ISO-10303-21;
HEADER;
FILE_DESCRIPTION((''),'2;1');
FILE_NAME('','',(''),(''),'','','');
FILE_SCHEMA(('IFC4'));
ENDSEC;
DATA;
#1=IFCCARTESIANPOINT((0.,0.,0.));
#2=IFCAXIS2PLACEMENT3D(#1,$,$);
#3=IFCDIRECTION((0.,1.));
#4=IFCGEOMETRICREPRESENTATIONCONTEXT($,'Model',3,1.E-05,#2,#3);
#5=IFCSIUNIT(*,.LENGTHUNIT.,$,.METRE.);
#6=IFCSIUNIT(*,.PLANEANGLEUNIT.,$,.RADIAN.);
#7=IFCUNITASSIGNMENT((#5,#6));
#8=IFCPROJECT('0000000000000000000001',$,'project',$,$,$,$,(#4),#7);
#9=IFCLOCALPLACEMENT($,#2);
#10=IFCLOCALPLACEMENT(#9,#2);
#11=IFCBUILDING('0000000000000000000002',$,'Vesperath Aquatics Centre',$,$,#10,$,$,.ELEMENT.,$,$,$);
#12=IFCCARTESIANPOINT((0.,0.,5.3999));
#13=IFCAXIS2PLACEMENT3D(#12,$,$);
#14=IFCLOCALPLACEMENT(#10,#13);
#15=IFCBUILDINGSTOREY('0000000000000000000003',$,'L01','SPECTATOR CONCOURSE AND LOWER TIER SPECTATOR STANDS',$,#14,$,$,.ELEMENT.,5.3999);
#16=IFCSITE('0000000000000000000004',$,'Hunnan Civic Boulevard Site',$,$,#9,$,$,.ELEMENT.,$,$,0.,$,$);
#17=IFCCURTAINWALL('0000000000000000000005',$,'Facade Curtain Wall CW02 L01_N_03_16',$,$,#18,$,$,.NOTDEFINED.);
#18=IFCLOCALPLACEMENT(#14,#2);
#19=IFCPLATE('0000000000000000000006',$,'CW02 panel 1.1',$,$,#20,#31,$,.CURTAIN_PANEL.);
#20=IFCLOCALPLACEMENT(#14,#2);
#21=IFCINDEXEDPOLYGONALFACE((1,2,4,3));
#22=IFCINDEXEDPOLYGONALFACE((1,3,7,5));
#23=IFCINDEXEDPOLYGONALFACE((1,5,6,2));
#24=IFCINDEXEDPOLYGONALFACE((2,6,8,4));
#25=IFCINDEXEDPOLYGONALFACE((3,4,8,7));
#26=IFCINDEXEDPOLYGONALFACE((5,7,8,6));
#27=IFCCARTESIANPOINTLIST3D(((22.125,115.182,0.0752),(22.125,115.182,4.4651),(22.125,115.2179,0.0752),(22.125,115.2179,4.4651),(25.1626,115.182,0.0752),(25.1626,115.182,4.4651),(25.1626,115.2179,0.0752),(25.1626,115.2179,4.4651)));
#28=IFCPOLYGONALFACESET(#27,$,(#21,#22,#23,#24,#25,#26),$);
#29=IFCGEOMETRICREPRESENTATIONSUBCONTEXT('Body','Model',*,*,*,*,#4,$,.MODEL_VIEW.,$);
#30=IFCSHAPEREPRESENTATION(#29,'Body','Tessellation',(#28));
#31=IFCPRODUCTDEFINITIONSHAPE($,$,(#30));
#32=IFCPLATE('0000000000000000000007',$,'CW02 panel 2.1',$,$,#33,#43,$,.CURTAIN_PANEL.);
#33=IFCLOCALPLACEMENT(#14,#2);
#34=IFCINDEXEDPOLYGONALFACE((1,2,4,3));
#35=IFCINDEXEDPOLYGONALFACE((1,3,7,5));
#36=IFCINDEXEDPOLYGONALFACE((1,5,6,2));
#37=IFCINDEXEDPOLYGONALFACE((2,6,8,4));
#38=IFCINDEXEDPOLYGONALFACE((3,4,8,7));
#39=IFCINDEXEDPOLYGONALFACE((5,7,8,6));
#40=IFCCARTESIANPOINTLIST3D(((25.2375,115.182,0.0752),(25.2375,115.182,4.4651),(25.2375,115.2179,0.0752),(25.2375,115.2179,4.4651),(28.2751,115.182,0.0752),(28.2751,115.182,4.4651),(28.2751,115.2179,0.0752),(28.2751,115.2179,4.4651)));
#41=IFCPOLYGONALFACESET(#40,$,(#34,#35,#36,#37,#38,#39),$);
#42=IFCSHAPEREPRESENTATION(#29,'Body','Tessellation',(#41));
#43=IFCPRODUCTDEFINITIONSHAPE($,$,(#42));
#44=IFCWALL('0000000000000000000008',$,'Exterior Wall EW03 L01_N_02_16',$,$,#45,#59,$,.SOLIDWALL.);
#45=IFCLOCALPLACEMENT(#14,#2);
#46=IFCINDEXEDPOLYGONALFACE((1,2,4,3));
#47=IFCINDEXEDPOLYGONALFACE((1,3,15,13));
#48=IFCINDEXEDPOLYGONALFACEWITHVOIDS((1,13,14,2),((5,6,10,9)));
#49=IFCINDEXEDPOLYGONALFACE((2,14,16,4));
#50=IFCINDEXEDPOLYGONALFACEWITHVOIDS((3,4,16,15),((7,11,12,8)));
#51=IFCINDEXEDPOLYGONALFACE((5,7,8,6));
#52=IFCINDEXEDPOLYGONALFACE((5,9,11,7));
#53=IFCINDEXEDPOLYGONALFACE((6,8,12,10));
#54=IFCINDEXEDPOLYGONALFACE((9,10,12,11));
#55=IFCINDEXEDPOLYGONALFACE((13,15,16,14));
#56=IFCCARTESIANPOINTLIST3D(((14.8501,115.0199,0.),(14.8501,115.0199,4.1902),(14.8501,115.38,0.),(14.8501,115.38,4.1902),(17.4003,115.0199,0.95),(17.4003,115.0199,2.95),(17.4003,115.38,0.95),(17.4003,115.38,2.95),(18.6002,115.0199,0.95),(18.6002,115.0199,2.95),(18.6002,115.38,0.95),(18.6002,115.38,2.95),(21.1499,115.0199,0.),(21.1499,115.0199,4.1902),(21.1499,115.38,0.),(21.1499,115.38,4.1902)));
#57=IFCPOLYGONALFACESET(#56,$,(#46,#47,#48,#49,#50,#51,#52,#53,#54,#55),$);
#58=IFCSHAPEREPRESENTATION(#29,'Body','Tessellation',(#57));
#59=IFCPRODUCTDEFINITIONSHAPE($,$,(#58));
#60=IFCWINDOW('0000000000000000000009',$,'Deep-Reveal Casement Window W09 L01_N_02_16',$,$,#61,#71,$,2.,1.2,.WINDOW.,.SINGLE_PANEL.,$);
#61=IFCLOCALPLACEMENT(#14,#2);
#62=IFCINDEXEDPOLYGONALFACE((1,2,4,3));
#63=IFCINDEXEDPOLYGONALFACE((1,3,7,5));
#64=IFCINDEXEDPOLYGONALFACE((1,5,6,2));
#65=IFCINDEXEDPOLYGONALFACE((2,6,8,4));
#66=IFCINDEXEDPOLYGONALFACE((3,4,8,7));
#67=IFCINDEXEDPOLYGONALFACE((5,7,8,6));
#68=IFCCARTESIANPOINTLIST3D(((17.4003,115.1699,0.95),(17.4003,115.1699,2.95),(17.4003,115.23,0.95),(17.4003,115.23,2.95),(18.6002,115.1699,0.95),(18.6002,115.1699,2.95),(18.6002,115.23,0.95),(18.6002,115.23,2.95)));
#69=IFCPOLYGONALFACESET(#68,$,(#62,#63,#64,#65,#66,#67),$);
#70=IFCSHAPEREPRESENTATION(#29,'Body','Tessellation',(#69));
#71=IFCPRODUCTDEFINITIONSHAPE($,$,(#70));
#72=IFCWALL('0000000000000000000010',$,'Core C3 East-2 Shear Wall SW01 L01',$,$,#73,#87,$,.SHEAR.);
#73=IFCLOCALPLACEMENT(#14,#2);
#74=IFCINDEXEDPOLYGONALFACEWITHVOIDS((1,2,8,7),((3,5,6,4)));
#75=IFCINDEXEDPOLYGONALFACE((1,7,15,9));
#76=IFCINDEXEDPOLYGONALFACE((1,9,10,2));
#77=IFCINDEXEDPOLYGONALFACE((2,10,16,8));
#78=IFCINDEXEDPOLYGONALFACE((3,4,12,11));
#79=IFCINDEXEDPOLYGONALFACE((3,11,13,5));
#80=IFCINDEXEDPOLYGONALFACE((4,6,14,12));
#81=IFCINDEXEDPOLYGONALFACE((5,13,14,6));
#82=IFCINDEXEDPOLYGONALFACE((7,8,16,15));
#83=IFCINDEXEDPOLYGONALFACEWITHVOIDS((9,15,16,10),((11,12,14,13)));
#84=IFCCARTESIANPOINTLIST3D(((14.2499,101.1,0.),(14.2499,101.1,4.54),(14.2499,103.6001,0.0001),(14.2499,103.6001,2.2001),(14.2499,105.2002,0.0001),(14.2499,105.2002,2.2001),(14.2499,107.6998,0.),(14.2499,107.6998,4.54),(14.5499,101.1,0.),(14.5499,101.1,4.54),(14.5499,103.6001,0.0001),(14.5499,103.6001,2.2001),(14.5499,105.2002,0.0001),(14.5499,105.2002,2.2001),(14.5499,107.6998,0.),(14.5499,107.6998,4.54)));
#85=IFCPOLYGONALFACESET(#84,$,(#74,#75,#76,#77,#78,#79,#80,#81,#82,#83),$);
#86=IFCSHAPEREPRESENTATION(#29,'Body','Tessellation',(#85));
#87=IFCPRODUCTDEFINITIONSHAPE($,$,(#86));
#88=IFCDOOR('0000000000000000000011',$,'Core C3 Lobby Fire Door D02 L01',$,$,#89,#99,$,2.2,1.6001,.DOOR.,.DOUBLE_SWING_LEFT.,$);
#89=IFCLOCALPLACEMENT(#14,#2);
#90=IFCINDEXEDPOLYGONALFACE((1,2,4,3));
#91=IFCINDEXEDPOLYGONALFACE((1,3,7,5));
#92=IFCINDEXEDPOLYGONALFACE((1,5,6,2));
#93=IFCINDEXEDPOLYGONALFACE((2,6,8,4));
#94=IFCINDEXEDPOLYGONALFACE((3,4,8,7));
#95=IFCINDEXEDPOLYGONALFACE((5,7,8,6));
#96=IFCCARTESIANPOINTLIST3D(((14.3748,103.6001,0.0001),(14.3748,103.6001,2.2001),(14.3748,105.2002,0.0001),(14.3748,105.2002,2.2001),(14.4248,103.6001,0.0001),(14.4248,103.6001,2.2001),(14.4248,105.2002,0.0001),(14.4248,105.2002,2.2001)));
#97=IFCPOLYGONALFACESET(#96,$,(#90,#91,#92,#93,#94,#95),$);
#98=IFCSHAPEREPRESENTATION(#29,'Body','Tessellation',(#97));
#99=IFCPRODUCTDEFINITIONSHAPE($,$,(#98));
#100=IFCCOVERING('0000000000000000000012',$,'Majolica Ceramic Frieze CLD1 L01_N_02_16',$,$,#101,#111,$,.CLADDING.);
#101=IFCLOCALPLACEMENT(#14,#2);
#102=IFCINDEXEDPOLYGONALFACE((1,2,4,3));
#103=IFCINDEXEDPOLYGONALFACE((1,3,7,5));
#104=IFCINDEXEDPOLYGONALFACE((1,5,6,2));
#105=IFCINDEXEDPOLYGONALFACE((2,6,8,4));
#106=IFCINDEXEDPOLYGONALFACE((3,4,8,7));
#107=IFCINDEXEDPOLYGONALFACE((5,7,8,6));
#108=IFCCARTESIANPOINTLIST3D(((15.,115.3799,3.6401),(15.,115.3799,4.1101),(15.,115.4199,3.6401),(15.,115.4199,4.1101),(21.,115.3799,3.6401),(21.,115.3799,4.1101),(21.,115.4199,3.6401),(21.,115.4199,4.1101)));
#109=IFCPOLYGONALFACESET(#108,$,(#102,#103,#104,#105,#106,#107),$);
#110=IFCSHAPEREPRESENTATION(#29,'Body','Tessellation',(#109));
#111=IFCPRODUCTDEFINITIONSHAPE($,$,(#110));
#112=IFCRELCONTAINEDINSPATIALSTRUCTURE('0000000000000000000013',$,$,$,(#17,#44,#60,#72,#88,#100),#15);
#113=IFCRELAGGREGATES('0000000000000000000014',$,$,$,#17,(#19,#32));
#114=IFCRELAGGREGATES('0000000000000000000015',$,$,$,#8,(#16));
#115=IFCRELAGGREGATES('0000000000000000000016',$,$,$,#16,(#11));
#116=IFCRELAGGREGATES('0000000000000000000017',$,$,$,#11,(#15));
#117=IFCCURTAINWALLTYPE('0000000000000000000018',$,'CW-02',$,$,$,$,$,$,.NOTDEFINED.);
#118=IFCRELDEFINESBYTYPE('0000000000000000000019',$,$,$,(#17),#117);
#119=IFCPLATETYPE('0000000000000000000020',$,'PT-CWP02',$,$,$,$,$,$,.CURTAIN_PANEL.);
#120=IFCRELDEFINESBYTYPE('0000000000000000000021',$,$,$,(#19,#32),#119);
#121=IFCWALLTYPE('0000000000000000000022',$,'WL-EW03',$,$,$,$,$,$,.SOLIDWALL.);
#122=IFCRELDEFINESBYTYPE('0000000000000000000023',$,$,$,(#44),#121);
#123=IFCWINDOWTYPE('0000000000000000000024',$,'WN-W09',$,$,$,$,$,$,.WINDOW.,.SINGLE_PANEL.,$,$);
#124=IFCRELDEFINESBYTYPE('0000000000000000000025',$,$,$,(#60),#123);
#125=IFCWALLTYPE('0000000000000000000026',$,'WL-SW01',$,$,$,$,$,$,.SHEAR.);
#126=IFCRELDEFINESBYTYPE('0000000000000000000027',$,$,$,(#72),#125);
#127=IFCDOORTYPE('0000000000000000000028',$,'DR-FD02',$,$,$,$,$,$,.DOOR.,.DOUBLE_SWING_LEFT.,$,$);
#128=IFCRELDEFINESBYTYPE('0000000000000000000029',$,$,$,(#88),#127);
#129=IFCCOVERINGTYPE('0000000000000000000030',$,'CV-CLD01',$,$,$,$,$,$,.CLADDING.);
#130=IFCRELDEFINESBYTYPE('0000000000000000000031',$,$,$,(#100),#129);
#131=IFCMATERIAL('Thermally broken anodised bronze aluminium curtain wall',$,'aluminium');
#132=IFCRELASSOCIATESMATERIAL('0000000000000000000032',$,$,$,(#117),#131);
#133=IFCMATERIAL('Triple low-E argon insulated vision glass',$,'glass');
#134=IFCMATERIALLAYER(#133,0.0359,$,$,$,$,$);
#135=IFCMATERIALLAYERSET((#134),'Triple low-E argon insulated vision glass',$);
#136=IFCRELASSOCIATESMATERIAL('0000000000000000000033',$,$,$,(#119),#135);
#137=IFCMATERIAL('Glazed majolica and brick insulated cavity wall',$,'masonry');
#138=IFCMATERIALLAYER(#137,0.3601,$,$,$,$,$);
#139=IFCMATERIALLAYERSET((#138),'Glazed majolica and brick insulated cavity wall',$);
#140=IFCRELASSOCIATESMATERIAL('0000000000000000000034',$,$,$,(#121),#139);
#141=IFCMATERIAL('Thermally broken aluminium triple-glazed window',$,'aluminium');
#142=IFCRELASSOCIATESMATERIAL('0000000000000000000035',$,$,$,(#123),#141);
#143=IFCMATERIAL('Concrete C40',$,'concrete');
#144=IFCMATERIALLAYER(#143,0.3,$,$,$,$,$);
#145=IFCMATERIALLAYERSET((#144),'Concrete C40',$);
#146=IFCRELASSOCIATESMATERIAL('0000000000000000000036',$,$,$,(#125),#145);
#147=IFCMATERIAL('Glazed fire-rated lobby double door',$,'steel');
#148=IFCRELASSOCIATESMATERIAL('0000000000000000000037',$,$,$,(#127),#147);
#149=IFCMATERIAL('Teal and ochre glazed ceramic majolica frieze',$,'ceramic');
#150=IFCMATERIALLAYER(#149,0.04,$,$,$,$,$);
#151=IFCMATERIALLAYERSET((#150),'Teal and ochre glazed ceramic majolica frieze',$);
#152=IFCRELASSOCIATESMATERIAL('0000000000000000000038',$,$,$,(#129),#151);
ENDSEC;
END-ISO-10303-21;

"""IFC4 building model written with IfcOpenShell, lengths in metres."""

from ifc_helpers import new_model, si_unit, direction, frame, frame_2d, origin, origin_2d, place, context, subcontext, project, spatial, rectangle, extrude, material, layer, layer_set, type_object, element, fill, aggregate, save


model = new_model("IFC4")

# Units and contexts
model_context = context("Model", 3, precision=1e-05, world=origin(), true_north=direction((0.0, 1.0)))
body_context = subcontext(model_context, "Body", "Model", "MODEL_VIEW")
ifc_project = project(units=[si_unit("LENGTHUNIT", "METRE"), si_unit("PLANEANGLEUNIT", "RADIAN")], contexts=[model_context])

# Site, building, storey
site_placement = place(None, origin())
site = spatial("IfcSite", under=ifc_project, at=site_placement, Name="Hunnan Civic Boulevard Site", CompositionType="ELEMENT", RefElevation=0.0)
building_placement = place(site_placement, origin())
building = spatial("IfcBuilding", under=site, at=building_placement, Name="Vesperath Aquatics Centre", CompositionType="ELEMENT")
storey_placement = place(building_placement, frame((0.0, 0.0, 5.3999)))
storey = spatial("IfcBuildingStorey", under=building, at=storey_placement, Name="L01", Description="SPECTATOR CONCOURSE AND LOWER TIER SPECTATOR STANDS", CompositionType="ELEMENT", Elevation=5.3999)

# Shared definitions
ifc_material_1 = material(Name="Concrete C40", Category="concrete")

# Shared definitions
ifc_material_2 = material(Name="Thermally broken anodised bronze aluminium curtain wall", Category="aluminium")
curtain_wall_type = type_object("IfcCurtainWallType", Name="CW-02", PredefinedType="NOTDEFINED", material=ifc_material_2)

# Curtain wall, plates
curtain_wall_1_placement = place(storey_placement, origin())
curtain_wall_1 = element("IfcCurtainWall", 1, at=curtain_wall_1_placement, inside=storey, type_object=curtain_wall_type, Name="Facade Curtain Wall CW02 L01_N_03_16", PredefinedType="NOTDEFINED")
ifc_material_3 = material(Name="Triple low-E argon insulated vision glass", Category="glass")
ifc_layer_1 = layer(ifc_material_3, 0.0359)
ifc_layer_set_1 = layer_set([ifc_layer_1], Name="Triple low-E argon insulated vision glass")
plate_type = type_object("IfcPlateType", Name="PT-CWP02", PredefinedType="CURTAIN_PANEL", material=ifc_layer_set_1)
plate_1_placement = place(storey_placement, frame((23.6438, 115.2, 0.0752), z_axis=(0.0, 0.0, 1.0), x_axis=(1.0, 0.0, 0.0)))
plate_1 = element("IfcPlate", 2, at=plate_1_placement, type_object=plate_type, Name="CW02 panel 1.1", PredefinedType="CURTAIN_PANEL", context=body_context, shape_type="SweptSolid", body=[
    extrude(rectangle(XDim=3.0376, YDim=0.0359, at=origin_2d()), origin(), (0.0, 0.0, 1.0), 4.3899),
])
plate_2_placement = place(storey_placement, frame((26.7563, 115.2, 0.0752), z_axis=(0.0, 0.0, 1.0), x_axis=(1.0, 0.0, 0.0)))
plate_2 = element("IfcPlate", 3, at=plate_2_placement, type_object=plate_type, Name="CW02 panel 2.1", PredefinedType="CURTAIN_PANEL", context=body_context, shape_type="SweptSolid", body=[
    extrude(rectangle(XDim=3.0376, YDim=0.0359, at=origin_2d()), origin(), (0.0, 0.0, 1.0), 4.3899),
])
aggregate(curtain_wall_1, [plate_1, plate_2])

# Wall, opening, window
ifc_material_4 = material(Name="Glazed majolica and brick insulated cavity wall", Category="masonry")
ifc_layer_2 = layer(ifc_material_4, 0.3601)
ifc_layer_set_2 = layer_set([ifc_layer_2], Name="Glazed majolica and brick insulated cavity wall")
wall_type_1 = type_object("IfcWallType", Name="WL-EW03", PredefinedType="SOLIDWALL", material=ifc_layer_set_2)
wall_1_placement = place(storey_placement, frame((14.8501, 115.2, 0.0), z_axis=(0.0, 0.0, 1.0), x_axis=(1.0, 0.0, 0.0)))
wall_1 = element("IfcWall", 4, at=wall_1_placement, inside=storey, type_object=wall_type_1, Name="Exterior Wall EW03 L01_N_02_16", PredefinedType="SOLIDWALL", context=body_context, shape_type="SweptSolid", body=[
    extrude(rectangle(XDim=6.2998, YDim=0.3601, at=frame_2d((3.1499, 0.0))), origin(), (0.0, 0.0, 1.0), 4.1902),
])
opening_1_placement = place(wall_1_placement, frame((2.55, 0.0, 0.95)))
opening_1 = element("IfcOpeningElement", 5, at=opening_1_placement, cuts=wall_1, PredefinedType="OPENING", context=body_context, shape_type="SweptSolid", body=[
    extrude(rectangle(XDim=1.2, YDim=2.0, at=frame_2d((0.6001, 1.0))), frame((0.0, 0.1948, 0.0), z_axis=(0.0, -1.0, 0.0), x_axis=(1.0, 0.0, 0.0)), (0.0, 0.0, 1.0), 0.3899),
])
ifc_material_5 = material(Name="Thermally broken aluminium triple-glazed window", Category="aluminium")
window_type = type_object("IfcWindowType", Name="WN-W09", PartitioningType="SINGLE_PANEL", PredefinedType="WINDOW", material=ifc_material_5)
window_placement = place(opening_1_placement, origin())
window = element("IfcWindow", 6, at=window_placement, inside=storey, type_object=window_type, Name="Deep-Reveal Casement Window W09 L01_N_02_16", OverallHeight=2.0, OverallWidth=1.2, PartitioningType="SINGLE_PANEL", PredefinedType="WINDOW", context=body_context, shape_type="SweptSolid", body=[
    extrude(rectangle(XDim=1.2, YDim=2.0, at=frame_2d((0.6001, 1.0))), frame((0.0, 0.03, 0.0), z_axis=(0.0, -1.0, 0.0), x_axis=(1.0, 0.0, 0.0)), (0.0, 0.0, 1.0), 0.0601),
])
fill(opening_1, window)

# Wall, opening, door
ifc_layer_3 = layer(ifc_material_1, 0.3)
ifc_layer_set_3 = layer_set([ifc_layer_3], Name="Concrete C40")
wall_type_2 = type_object("IfcWallType", Name="WL-SW01", PredefinedType="SHEAR", material=ifc_layer_set_3)
wall_2_placement = place(storey_placement, frame((14.3999, 101.1001, 0.0), z_axis=(0.0, 0.0, 1.0), x_axis=(0.0, 1.0, 0.0)))
wall_2 = element("IfcWall", 7, at=wall_2_placement, inside=storey, type_object=wall_type_2, Name="Core C3 East-2 Shear Wall SW01 L01", PredefinedType="SHEAR", context=body_context, shape_type="SweptSolid", body=[
    extrude(rectangle(XDim=6.5999, YDim=0.3, at=frame_2d((3.2998, 0.0))), origin(), (0.0, 0.0, 1.0), 4.54),
])
opening_2_placement = place(wall_2_placement, frame((2.5, 0.0, 0.0)))
opening_2 = element("IfcOpeningElement", 8, at=opening_2_placement, cuts=wall_2, PredefinedType="OPENING", context=body_context, shape_type="SweptSolid", body=[
    extrude(rectangle(XDim=1.6001, YDim=2.2, at=frame_2d((0.8, 1.1001))), frame((0.0, 0.165, 0.0), z_axis=(0.0, -1.0, 0.0), x_axis=(1.0, 0.0, 0.0)), (0.0, 0.0, 1.0), 0.3298),
])
ifc_material_6 = material(Name="Glazed fire-rated lobby double door", Category="steel")
door_type = type_object("IfcDoorType", Name="DR-FD02", OperationType="DOUBLE_SWING_LEFT", PredefinedType="DOOR", material=ifc_material_6)
door_placement = place(opening_2_placement, frame((1.6001, 0.0, 0.0), z_axis=(0.0, 0.0, 1.0), x_axis=(-1.0, 0.0, 0.0)))
door = element("IfcDoor", 9, at=door_placement, inside=storey, type_object=door_type, Name="Core C3 Lobby Fire Door D02 L01", OperationType="DOUBLE_SWING_LEFT", OverallHeight=2.2, OverallWidth=1.6001, PredefinedType="DOOR", context=body_context, shape_type="SweptSolid", body=[
    extrude(rectangle(XDim=1.6001, YDim=2.2, at=frame_2d((0.8, 1.1001))), frame((0.0, 0.0249, 0.0), z_axis=(0.0, -1.0, 0.0), x_axis=(1.0, 0.0, 0.0)), (0.0, 0.0, 1.0), 0.05),
])
fill(opening_2, door)

# Covering
ifc_material_7 = material(Name="Teal and ochre glazed ceramic majolica frieze", Category="ceramic")
ifc_layer_4 = layer(ifc_material_7, 0.04)
ifc_layer_set_4 = layer_set([ifc_layer_4], Name="Teal and ochre glazed ceramic majolica frieze")
covering_type = type_object("IfcCoveringType", Name="CV-CLD01", PredefinedType="CLADDING", material=ifc_layer_set_4)
covering_placement = place(storey_placement, frame((15.0, 115.3999, 3.6401), z_axis=(0.0, 0.0, 1.0), x_axis=(1.0, 0.0, 0.0)))
element("IfcCovering", 10, at=covering_placement, inside=storey, type_object=covering_type, Name="Majolica Ceramic Frieze CLD1 L01_N_02_16", PredefinedType="CLADDING", context=body_context, shape_type="SweptSolid", body=[
    extrude(rectangle(XDim=6.0, YDim=0.04, at=frame_2d((3.0, 0.0))), origin(), (0.0, 0.0, 1.0), 0.47),
])

save(model, "model.ifc")
